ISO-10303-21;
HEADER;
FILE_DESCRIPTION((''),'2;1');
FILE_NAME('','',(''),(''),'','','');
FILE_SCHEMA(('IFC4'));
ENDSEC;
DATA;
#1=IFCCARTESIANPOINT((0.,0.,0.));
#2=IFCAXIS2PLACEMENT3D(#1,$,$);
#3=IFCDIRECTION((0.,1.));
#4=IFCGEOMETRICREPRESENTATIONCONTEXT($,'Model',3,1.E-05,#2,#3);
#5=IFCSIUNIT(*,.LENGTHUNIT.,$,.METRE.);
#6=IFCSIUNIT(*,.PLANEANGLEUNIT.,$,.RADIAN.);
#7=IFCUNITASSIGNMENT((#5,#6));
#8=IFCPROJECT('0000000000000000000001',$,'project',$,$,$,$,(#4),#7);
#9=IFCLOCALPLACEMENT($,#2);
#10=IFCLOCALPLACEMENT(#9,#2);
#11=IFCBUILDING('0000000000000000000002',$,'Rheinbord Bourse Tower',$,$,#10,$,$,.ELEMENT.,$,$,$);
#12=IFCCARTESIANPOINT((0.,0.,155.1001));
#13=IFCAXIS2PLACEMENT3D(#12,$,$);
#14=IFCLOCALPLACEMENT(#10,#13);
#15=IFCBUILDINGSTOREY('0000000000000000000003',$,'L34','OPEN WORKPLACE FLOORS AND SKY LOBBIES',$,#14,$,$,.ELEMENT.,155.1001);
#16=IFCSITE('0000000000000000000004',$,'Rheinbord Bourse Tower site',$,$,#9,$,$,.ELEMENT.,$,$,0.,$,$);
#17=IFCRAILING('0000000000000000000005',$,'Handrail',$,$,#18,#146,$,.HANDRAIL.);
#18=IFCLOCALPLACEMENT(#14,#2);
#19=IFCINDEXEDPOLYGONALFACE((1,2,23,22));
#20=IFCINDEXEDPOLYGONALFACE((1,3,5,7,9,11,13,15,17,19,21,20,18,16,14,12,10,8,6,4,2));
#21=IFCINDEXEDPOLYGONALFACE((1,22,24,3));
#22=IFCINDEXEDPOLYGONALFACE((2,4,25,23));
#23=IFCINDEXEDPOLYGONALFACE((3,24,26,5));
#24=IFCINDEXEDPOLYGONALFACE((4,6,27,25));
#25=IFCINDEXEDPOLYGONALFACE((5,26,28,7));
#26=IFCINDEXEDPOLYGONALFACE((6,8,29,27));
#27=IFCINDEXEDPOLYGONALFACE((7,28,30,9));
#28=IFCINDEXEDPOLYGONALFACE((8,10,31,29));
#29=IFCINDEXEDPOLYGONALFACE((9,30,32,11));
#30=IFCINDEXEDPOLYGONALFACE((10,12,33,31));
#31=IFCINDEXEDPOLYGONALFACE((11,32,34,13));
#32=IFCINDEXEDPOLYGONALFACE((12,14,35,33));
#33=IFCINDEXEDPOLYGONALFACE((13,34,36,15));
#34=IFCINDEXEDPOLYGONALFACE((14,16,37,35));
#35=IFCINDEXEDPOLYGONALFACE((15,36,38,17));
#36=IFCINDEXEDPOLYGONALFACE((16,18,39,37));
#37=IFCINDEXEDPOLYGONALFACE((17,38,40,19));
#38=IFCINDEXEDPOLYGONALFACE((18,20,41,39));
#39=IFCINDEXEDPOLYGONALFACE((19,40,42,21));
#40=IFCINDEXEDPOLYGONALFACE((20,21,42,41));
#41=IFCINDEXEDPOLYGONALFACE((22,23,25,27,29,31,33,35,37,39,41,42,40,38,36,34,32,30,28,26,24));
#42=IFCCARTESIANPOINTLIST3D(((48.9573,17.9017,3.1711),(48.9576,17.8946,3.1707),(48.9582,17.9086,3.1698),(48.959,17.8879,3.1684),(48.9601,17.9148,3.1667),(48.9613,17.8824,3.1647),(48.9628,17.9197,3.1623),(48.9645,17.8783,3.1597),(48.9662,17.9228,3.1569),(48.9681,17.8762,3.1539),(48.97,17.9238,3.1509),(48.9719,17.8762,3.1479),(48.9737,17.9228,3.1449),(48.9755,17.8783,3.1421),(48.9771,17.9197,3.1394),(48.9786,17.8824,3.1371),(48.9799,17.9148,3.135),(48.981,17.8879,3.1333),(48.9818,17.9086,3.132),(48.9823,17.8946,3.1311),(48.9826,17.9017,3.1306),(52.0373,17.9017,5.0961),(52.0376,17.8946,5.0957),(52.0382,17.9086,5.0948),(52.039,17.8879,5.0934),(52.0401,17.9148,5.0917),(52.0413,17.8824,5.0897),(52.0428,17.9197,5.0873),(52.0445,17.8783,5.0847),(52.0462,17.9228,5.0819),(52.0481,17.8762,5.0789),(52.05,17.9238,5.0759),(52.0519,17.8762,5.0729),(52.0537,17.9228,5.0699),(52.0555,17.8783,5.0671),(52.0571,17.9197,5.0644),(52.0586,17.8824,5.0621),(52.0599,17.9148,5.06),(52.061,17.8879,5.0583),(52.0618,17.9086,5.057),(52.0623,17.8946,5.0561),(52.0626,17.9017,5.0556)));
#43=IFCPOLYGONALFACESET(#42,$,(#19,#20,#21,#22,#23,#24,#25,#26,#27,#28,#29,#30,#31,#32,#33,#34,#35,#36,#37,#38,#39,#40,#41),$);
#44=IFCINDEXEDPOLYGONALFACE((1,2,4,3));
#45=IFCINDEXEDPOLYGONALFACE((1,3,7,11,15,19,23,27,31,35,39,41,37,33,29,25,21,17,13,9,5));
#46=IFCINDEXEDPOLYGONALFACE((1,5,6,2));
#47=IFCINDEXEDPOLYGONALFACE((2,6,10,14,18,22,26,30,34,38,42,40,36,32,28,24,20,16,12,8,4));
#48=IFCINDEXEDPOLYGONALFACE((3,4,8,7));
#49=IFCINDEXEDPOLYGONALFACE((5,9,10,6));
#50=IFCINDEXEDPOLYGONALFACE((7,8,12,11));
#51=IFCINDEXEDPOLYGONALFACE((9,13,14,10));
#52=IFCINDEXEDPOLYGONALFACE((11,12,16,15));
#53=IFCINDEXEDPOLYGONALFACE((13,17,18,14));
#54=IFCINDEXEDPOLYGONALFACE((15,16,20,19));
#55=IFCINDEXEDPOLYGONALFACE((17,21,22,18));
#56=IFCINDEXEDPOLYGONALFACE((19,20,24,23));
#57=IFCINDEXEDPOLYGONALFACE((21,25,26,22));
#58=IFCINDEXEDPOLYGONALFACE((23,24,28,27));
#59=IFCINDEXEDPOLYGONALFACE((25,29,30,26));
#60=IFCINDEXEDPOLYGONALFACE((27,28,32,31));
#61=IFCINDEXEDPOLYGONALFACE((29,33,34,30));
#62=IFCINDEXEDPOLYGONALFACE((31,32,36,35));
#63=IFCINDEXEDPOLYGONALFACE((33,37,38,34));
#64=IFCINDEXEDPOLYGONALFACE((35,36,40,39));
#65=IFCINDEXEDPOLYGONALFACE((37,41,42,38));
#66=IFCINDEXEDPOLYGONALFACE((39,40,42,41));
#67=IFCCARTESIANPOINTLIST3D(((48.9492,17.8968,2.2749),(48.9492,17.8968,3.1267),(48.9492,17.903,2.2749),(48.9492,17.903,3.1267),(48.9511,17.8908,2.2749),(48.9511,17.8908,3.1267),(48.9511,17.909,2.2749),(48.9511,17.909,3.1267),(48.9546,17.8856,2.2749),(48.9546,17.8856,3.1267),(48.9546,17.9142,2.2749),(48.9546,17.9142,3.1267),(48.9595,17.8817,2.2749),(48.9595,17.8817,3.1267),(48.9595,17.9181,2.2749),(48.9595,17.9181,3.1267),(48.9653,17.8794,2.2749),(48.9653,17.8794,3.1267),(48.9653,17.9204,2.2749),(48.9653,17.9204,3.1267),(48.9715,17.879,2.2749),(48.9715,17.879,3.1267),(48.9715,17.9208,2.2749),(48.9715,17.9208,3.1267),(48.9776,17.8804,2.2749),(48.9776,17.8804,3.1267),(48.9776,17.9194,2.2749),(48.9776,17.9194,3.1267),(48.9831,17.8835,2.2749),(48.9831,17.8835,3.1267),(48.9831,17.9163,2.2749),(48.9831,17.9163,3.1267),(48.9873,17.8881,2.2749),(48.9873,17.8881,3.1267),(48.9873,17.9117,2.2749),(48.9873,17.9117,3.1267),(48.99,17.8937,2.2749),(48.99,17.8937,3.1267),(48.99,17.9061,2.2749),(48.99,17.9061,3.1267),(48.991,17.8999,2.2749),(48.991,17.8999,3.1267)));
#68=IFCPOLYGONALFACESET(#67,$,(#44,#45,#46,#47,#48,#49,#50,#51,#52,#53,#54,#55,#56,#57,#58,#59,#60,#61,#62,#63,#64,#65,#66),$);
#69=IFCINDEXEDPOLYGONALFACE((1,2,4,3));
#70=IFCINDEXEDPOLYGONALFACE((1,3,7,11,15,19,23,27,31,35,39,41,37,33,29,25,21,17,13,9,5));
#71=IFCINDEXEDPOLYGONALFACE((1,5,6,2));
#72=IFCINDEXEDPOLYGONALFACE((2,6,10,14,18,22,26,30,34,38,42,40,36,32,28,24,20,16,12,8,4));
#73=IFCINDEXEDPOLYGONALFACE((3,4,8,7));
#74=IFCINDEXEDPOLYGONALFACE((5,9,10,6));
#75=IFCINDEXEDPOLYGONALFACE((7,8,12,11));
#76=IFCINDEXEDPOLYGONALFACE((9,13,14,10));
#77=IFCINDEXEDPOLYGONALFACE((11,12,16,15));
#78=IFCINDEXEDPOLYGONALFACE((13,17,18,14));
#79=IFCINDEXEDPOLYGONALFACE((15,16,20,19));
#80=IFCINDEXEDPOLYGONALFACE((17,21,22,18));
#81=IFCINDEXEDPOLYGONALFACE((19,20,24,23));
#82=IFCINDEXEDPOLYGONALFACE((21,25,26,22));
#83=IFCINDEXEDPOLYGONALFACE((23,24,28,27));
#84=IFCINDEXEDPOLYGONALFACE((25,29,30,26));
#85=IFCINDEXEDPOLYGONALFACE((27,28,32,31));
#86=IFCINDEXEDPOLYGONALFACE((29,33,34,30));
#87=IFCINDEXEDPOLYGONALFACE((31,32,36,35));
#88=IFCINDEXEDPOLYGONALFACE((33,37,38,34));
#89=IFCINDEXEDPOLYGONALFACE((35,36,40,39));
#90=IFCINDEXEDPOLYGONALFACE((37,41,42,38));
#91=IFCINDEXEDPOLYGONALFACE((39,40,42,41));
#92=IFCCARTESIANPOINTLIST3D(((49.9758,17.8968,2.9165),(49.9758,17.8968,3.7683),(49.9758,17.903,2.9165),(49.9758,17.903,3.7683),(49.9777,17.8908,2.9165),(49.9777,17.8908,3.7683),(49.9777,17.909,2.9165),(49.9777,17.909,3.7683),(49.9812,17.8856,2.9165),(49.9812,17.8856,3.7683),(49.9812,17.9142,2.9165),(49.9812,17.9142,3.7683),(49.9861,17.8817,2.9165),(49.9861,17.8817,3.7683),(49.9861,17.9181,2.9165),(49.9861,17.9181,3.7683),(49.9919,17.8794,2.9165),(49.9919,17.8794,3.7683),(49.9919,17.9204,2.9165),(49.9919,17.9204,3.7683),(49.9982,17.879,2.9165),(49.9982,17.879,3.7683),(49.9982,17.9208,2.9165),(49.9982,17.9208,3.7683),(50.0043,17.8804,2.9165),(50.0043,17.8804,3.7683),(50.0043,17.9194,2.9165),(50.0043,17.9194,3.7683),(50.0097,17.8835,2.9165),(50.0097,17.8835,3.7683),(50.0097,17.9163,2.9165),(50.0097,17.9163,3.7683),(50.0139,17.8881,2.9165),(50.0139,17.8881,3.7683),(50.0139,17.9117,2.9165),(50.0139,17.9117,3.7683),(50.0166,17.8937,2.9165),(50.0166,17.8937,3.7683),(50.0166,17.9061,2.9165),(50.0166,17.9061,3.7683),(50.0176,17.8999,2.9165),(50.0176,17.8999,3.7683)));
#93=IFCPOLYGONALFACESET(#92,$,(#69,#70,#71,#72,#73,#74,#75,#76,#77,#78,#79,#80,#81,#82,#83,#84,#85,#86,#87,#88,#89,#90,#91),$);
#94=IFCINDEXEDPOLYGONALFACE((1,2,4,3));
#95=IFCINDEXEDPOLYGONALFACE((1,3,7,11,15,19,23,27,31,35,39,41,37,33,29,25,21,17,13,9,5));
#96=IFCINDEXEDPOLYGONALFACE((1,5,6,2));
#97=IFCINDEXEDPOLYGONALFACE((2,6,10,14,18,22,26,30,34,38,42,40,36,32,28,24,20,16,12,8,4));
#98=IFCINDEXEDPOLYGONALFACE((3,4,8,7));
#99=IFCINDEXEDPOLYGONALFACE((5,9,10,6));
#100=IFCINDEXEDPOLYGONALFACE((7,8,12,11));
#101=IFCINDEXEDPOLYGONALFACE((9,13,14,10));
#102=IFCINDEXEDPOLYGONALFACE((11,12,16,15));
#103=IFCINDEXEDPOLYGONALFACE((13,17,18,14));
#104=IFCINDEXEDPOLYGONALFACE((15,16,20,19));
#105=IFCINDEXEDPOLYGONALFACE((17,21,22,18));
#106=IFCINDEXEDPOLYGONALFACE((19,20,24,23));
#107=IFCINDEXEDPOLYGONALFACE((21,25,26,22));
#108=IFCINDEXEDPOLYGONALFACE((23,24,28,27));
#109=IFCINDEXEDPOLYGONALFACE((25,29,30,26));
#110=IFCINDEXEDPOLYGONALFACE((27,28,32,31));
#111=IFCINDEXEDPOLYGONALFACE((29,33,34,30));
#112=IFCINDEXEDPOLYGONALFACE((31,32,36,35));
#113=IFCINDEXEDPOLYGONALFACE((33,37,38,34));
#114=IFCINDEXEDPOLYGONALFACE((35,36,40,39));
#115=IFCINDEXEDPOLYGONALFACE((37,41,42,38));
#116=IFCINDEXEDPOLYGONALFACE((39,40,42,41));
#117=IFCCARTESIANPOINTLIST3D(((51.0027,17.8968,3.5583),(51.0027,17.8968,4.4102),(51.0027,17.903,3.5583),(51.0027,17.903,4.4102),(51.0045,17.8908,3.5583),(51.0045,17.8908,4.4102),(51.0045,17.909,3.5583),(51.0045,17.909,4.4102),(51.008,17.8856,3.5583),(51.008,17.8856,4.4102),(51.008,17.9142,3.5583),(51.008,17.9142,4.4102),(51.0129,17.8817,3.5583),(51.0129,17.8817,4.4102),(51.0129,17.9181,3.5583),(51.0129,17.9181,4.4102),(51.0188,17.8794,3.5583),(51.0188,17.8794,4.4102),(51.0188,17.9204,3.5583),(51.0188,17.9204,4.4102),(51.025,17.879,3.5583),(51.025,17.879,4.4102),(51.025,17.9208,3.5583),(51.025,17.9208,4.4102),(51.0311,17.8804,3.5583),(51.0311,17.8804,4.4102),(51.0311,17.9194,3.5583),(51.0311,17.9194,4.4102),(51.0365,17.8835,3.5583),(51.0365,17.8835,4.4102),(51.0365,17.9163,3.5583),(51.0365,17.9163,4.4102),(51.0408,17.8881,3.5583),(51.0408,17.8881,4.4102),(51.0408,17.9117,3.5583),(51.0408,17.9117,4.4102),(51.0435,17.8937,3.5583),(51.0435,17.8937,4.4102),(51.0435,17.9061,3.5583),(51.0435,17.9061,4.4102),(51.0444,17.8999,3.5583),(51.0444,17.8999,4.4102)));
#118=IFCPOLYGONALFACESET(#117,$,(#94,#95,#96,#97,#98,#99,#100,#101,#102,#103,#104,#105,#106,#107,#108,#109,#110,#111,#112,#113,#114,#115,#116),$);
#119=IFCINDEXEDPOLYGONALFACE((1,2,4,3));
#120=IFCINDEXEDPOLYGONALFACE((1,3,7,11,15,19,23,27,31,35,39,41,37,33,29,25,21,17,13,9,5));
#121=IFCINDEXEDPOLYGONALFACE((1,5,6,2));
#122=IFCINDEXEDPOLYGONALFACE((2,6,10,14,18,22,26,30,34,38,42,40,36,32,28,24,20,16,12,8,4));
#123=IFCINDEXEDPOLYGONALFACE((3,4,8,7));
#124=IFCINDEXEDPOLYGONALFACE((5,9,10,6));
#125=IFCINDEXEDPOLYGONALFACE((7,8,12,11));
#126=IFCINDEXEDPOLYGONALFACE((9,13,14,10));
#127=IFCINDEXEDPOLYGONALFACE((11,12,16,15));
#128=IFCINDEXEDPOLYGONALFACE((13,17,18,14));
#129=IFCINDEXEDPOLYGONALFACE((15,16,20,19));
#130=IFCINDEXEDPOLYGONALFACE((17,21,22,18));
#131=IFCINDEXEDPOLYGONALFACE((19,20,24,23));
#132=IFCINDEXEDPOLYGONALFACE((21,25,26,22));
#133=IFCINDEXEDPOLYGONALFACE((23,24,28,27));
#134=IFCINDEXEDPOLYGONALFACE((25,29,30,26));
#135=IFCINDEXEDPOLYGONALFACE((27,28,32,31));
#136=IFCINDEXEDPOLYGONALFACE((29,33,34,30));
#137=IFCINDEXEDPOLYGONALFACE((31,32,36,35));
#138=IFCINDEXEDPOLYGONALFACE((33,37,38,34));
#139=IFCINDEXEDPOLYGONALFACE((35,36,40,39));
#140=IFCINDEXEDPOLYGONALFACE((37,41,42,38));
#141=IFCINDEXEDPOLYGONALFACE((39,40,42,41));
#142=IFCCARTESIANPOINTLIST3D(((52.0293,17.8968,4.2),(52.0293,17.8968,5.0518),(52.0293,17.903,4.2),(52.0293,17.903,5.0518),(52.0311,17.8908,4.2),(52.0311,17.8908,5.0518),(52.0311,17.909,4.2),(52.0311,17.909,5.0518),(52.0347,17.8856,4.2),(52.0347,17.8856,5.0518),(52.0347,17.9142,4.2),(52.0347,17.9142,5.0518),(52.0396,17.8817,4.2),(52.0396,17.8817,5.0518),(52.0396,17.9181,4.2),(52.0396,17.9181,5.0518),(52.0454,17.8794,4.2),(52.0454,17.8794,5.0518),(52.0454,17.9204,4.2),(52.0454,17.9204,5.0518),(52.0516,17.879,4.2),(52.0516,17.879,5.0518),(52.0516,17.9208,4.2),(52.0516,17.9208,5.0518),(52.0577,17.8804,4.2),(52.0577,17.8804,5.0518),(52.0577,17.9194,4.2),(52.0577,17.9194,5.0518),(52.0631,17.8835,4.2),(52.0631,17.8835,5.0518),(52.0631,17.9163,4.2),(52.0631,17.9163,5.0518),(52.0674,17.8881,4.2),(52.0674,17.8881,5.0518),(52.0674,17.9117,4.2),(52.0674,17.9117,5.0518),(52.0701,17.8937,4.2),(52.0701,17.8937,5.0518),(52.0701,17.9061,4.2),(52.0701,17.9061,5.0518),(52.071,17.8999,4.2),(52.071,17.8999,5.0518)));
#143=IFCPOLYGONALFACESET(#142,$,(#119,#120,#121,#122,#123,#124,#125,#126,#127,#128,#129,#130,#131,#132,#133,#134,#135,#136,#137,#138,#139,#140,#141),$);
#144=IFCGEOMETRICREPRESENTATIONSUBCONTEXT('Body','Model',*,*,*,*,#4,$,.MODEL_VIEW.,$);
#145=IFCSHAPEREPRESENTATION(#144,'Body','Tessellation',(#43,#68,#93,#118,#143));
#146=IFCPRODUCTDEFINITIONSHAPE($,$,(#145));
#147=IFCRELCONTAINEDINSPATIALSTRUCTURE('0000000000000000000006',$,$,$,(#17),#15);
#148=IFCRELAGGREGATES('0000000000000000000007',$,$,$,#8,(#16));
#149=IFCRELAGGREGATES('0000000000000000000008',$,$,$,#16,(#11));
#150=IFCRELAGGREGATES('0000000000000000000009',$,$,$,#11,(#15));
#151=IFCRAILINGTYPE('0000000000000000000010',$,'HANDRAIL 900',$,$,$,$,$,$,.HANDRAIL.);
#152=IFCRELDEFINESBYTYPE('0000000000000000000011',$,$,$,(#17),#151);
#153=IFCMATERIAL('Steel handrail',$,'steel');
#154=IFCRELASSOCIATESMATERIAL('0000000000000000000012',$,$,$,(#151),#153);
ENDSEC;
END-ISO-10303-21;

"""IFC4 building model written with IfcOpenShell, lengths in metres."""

from ifc_helpers import new_model, si_unit, direction, frame, origin, origin_2d, place, context, subcontext, project, spatial, circle, extrude, material, type_object, element, save


model = new_model("IFC4")

# Units and contexts
model_context = context("Model", 3, precision=1e-05, world=origin(), true_north=direction((0.0, 1.0)))
body_context = subcontext(model_context, "Body", "Model", "MODEL_VIEW")
ifc_project = project(units=[si_unit("LENGTHUNIT", "METRE"), si_unit("PLANEANGLEUNIT", "RADIAN")], contexts=[model_context])

# Site, building, storey
site_placement = place(None, origin())
site = spatial("IfcSite", under=ifc_project, at=site_placement, Name="Rheinbord Bourse Tower site", CompositionType="ELEMENT", RefElevation=0.0)
building_placement = place(site_placement, origin())
building = spatial("IfcBuilding", under=site, at=building_placement, Name="Rheinbord Bourse Tower", CompositionType="ELEMENT")
storey_placement = place(building_placement, frame((0.0, 0.0, 155.1001)))
storey = spatial("IfcBuildingStorey", under=building, at=storey_placement, Name="L34", Description="OPEN WORKPLACE FLOORS AND SKY LOBBIES", CompositionType="ELEMENT", Elevation=155.1001)

# Railing
ifc_material_1 = material(Name="Steel handrail", Category="steel")
railing_type = type_object("IfcRailingType", Name="HANDRAIL 900", PredefinedType="HANDRAIL", material=ifc_material_1)
railing_1_placement = place(storey_placement, frame((48.97, 17.8999, 2.2749)))
element("IfcRailing", 1, at=railing_1_placement, inside=storey, type_object=railing_type, Name="Handrail", PredefinedType="HANDRAIL", context=body_context, shape_type="SweptSolid", body=[
    extrude(circle(Radius=0.0239, at=origin_2d()), frame((0.0, 0.0, 0.876), z_axis=(0.847998, 0.0, 0.529999), x_axis=(0.0, 1.0, 0.0)), (0.0, 0.0, 1.0), 3.6321),
    extrude(circle(Radius=0.021, at=origin_2d()), origin(), (0.0, 0.0, 1.0), 0.8518),
    extrude(circle(Radius=0.021, at=origin_2d()), frame((1.0266, 0.0, 0.6416)), (0.0, 0.0, 1.0), 0.8518),
    extrude(circle(Radius=0.021, at=origin_2d()), frame((2.0535, 0.0, 1.2834)), (0.0, 0.0, 1.0), 0.8518),
    extrude(circle(Radius=0.021, at=origin_2d()), frame((3.0801, 0.0, 1.925)), (0.0, 0.0, 1.0), 0.8518),
])

save(model, "model.ifc")
